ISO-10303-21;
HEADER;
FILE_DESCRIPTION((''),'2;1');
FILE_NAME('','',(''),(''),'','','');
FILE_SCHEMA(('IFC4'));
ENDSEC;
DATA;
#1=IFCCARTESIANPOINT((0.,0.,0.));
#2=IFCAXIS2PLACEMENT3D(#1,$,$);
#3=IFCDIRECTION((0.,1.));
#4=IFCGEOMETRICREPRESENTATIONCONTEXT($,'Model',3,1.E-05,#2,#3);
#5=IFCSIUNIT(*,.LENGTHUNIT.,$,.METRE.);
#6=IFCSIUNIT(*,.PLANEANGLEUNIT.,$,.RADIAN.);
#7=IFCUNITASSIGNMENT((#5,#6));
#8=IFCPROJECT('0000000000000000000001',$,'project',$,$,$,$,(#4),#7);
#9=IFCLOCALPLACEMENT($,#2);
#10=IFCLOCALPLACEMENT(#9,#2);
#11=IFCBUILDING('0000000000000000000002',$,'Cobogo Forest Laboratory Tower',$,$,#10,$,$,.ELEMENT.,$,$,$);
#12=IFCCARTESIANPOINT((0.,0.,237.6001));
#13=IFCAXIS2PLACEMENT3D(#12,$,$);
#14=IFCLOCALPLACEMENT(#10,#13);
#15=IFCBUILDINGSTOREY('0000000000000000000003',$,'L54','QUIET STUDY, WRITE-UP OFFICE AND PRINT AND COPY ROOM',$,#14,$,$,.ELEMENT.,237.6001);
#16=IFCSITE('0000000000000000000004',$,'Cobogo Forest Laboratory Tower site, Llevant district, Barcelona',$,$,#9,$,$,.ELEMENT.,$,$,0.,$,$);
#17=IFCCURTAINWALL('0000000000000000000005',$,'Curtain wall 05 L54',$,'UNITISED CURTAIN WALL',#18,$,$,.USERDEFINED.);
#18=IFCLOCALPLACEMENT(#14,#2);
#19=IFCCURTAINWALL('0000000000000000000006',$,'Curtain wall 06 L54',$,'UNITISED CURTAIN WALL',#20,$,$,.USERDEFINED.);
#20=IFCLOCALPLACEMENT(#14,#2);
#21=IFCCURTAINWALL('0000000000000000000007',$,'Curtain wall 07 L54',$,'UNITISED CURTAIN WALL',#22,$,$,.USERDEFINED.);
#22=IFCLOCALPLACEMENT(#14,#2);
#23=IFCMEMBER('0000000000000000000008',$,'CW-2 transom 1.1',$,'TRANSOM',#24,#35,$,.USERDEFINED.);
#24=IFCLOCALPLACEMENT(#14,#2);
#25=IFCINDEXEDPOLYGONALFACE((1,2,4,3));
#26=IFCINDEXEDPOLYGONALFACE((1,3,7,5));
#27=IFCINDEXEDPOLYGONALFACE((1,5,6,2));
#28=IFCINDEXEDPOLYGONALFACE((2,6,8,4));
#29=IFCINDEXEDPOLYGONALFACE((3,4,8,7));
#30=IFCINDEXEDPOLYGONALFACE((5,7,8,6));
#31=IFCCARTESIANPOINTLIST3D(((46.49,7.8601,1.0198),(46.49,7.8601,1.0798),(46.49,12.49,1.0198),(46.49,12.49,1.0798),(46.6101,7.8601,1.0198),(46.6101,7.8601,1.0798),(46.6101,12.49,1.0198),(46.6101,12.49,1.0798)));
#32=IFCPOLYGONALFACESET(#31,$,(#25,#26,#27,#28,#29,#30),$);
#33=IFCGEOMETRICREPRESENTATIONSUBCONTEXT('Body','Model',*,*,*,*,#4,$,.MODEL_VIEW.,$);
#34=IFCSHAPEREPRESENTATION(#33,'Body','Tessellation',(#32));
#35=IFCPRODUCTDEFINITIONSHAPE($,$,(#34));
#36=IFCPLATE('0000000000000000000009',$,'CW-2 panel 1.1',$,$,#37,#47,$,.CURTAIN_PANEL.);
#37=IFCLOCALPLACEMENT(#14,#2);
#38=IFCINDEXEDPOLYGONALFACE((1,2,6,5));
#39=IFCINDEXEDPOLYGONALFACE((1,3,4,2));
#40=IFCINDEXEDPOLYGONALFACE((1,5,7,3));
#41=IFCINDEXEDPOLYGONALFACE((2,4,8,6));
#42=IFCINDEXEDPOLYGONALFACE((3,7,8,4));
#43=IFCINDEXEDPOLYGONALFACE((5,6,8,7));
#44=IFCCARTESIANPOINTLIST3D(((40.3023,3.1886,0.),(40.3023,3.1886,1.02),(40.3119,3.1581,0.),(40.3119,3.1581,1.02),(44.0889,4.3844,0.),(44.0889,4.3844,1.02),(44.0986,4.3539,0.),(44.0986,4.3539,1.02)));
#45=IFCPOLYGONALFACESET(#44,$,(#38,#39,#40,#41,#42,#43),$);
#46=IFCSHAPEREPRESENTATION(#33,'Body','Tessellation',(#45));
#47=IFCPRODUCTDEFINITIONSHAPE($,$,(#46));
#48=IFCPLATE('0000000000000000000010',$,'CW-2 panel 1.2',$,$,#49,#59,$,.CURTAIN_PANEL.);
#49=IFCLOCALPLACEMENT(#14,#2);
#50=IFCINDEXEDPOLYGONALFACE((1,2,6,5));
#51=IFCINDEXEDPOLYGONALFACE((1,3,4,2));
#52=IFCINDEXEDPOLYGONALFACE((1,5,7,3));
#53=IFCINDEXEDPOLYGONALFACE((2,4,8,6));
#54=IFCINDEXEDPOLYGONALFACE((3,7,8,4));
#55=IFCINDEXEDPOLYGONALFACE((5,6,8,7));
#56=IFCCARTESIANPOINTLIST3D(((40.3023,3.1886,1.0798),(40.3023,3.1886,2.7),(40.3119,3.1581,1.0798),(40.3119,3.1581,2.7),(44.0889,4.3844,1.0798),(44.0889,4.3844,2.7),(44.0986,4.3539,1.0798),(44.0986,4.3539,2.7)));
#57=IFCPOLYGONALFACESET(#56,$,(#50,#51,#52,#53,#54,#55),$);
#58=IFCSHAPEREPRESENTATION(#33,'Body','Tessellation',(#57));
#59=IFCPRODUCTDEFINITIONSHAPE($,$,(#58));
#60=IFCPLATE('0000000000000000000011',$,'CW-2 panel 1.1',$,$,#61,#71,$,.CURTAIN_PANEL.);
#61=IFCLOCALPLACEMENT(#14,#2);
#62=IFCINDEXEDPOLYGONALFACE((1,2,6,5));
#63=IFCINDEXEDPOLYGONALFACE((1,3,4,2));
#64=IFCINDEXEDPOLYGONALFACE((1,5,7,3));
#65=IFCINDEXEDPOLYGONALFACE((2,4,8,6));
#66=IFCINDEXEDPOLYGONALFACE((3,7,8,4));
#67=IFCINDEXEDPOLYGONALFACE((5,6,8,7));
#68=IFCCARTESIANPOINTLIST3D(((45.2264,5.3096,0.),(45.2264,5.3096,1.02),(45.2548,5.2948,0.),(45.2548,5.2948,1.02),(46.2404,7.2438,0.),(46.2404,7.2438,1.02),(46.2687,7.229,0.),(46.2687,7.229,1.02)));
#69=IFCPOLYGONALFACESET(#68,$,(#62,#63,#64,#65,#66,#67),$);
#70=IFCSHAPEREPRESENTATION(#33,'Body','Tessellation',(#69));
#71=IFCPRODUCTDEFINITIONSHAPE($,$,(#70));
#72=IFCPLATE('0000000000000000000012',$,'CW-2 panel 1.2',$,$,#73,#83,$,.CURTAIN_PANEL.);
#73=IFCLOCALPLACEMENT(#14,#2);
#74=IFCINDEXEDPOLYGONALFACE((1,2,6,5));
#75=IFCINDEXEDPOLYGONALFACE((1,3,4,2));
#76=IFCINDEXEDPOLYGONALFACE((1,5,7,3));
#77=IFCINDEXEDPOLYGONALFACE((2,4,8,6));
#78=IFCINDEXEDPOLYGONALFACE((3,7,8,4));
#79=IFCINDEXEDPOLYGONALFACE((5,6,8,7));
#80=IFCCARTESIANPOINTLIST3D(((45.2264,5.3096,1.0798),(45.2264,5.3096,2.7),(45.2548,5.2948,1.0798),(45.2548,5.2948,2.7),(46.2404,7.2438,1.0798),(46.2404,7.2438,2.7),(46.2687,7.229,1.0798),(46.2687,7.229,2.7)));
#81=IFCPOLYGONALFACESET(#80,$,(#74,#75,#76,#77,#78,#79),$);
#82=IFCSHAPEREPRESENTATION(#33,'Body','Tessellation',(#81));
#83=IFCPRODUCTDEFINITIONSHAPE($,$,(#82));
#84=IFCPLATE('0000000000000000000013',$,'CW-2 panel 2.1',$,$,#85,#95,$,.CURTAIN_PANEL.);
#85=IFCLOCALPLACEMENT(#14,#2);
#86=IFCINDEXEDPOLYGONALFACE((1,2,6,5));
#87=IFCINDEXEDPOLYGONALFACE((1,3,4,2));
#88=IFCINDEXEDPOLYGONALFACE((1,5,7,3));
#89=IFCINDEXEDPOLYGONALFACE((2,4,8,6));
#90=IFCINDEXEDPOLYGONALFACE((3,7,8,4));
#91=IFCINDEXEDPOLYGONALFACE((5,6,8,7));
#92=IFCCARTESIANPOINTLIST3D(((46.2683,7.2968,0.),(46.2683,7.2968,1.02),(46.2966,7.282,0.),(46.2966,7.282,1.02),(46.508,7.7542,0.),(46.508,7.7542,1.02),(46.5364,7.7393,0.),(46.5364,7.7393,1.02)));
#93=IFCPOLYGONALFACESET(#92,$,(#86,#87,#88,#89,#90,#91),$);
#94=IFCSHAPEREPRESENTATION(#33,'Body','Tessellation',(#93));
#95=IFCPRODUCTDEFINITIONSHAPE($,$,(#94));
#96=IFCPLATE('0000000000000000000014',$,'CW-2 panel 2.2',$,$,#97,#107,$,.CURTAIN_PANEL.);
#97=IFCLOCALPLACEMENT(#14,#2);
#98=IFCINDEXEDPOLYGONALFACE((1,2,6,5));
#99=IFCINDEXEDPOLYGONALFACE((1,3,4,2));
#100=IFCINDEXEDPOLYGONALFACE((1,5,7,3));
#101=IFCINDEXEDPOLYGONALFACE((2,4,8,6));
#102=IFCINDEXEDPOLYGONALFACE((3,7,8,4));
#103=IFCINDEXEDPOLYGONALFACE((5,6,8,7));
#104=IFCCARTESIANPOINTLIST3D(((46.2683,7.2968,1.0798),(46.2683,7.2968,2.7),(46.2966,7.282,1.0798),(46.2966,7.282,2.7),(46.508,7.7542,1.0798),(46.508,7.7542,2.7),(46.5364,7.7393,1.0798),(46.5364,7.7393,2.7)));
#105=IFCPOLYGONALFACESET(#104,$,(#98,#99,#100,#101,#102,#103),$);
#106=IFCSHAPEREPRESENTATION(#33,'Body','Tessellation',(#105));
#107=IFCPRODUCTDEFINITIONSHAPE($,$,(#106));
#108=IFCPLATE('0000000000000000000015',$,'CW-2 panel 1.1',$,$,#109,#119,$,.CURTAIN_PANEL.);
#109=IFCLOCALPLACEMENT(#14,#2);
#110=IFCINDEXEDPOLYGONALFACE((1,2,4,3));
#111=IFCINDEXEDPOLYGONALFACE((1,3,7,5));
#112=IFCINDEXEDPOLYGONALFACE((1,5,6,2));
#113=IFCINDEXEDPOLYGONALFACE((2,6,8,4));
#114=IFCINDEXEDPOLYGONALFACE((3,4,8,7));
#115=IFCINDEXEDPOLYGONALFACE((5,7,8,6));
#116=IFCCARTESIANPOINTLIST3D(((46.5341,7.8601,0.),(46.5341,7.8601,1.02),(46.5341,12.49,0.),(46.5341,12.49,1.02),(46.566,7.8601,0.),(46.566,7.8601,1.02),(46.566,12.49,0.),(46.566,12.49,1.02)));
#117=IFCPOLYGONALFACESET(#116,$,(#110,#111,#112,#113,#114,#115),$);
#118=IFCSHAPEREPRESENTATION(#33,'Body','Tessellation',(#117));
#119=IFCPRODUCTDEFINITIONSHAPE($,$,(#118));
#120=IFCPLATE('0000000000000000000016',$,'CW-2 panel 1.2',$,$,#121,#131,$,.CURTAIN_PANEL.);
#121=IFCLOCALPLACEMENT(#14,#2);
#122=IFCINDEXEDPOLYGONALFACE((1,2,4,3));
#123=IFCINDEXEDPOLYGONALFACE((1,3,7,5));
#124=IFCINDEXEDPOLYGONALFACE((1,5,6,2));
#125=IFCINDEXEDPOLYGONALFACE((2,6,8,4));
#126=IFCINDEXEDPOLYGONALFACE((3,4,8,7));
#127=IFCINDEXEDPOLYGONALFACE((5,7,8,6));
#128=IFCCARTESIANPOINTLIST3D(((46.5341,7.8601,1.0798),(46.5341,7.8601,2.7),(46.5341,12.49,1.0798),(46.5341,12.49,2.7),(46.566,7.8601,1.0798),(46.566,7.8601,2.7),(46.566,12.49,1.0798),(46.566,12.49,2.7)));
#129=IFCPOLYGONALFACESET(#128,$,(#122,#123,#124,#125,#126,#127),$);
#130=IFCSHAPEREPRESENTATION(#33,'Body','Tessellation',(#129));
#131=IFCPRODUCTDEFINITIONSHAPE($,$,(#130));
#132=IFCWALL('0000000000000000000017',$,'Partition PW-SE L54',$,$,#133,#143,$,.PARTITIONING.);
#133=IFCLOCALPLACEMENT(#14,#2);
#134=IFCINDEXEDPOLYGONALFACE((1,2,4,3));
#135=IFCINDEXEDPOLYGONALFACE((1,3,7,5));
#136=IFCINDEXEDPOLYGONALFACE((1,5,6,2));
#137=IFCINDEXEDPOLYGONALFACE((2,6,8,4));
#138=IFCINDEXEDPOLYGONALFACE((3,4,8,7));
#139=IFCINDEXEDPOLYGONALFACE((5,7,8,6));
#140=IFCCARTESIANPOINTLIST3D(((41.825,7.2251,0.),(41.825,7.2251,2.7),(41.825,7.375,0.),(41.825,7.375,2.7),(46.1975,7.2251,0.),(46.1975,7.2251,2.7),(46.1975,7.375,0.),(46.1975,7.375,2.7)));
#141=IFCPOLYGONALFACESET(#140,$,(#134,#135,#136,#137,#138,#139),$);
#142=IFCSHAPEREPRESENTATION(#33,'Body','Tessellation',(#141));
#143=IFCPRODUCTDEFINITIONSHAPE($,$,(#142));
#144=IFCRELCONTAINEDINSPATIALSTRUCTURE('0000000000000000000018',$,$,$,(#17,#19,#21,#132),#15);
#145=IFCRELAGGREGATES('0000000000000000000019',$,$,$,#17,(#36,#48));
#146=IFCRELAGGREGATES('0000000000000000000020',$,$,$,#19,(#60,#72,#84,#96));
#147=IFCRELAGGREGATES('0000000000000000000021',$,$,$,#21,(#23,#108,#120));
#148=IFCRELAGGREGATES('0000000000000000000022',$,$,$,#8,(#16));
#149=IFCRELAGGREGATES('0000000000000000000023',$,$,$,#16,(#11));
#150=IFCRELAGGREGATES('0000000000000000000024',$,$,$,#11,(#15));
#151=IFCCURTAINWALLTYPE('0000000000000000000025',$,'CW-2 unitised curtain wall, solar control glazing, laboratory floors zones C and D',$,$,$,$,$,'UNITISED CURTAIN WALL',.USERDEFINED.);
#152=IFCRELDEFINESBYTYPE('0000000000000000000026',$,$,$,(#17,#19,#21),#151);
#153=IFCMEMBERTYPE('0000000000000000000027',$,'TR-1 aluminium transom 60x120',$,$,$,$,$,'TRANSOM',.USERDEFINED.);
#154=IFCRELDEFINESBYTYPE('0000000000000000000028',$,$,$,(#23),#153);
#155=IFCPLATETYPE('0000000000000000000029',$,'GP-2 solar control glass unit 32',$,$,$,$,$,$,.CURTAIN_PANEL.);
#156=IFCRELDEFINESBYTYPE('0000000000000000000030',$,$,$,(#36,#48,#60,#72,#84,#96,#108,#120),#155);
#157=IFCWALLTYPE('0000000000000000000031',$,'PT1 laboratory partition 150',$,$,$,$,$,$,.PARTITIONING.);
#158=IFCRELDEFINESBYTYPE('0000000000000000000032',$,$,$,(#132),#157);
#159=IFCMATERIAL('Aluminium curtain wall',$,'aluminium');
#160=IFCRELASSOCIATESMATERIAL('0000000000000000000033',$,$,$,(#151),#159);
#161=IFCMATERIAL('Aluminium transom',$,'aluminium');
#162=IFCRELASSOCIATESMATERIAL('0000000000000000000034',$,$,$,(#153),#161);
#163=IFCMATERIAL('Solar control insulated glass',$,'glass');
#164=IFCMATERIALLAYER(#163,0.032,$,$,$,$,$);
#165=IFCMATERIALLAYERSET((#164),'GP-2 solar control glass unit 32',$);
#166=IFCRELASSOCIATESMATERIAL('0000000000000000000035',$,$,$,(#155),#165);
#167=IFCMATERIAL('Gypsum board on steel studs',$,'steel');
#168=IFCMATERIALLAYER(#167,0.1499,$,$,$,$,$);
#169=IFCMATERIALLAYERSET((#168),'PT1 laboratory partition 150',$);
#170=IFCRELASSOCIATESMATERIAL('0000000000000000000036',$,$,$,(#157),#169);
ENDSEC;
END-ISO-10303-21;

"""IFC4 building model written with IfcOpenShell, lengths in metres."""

from ifc_helpers import new_model, si_unit, direction, frame, frame_2d, origin, origin_2d, place, context, subcontext, project, spatial, rectangle, extrude, material, layer, layer_set, material_profile, profile_set, type_object, element, aggregate, save


model = new_model("IFC4")

# Units and contexts
model_context = context("Model", 3, precision=1e-05, world=origin(), true_north=direction((0.0, 1.0)))
body_context = subcontext(model_context, "Body", "Model", "MODEL_VIEW")
ifc_project = project(units=[si_unit("LENGTHUNIT", "METRE"), si_unit("PLANEANGLEUNIT", "RADIAN")], contexts=[model_context])

# Site, building, storey
site_placement = place(None, origin())
site = spatial("IfcSite", under=ifc_project, at=site_placement, Name="Cobogo Forest Laboratory Tower site, Llevant district, Barcelona", CompositionType="ELEMENT", RefElevation=0.0)
building_placement = place(site_placement, origin())
building = spatial("IfcBuilding", under=site, at=building_placement, Name="Cobogo Forest Laboratory Tower", CompositionType="ELEMENT")
storey_placement = place(building_placement, frame((0.0, 0.0, 237.6001)))
storey = spatial("IfcBuildingStorey", under=building, at=storey_placement, Name="L54", Description="QUIET STUDY, WRITE-UP OFFICE AND PRINT AND COPY ROOM", CompositionType="ELEMENT", Elevation=237.6001)

# Curtain walls
ifc_material_1 = material(Name="Aluminium curtain wall", Category="aluminium")
curtain_wall_type = type_object("IfcCurtainWallType", Name="CW-2 unitised curtain wall, solar control glazing, laboratory floors zones C and D", ElementType="UNITISED CURTAIN WALL", PredefinedType="USERDEFINED", material=ifc_material_1)
curtain_wall_1_placement = place(storey_placement, origin())
curtain_wall_1 = element("IfcCurtainWall", 1, at=curtain_wall_1_placement, inside=storey, type_object=curtain_wall_type, Name="Curtain wall 05 L54", ObjectType="UNITISED CURTAIN WALL", PredefinedType="USERDEFINED")
curtain_wall_2_placement = place(storey_placement, origin())
curtain_wall_2 = element("IfcCurtainWall", 2, at=curtain_wall_2_placement, inside=storey, type_object=curtain_wall_type, Name="Curtain wall 06 L54", ObjectType="UNITISED CURTAIN WALL", PredefinedType="USERDEFINED")
curtain_wall_3_placement = place(storey_placement, origin())
curtain_wall_3 = element("IfcCurtainWall", 3, at=curtain_wall_3_placement, inside=storey, type_object=curtain_wall_type, Name="Curtain wall 07 L54", ObjectType="UNITISED CURTAIN WALL", PredefinedType="USERDEFINED")

# Member
ifc_material_2 = material(Name="Aluminium transom", Category="aluminium")
ifc_material_profile_1 = material_profile(ifc_material_2, rectangle(XDim=0.1201, YDim=0.0601, at=origin_2d()), Name="AL 60x120")
ifc_profile_set_1 = profile_set([ifc_material_profile_1], Name="Aluminium transom")
member_type_1 = type_object("IfcMemberType", Name="TR-1 aluminium transom 60x120", ElementType="TRANSOM", PredefinedType="USERDEFINED", material=ifc_profile_set_1)
member_1_placement = place(storey_placement, frame((46.55, 7.8601, 1.0498), z_axis=(0.0, 1.0, 0.0), x_axis=(-1.0, 0.0, 0.0)))
member_1 = element("IfcMember", 4, at=member_1_placement, type_object=member_type_1, Name="CW-2 transom 1.1", ObjectType="TRANSOM", PredefinedType="USERDEFINED", context=body_context, shape_type="SweptSolid", body=[
    extrude(rectangle(XDim=0.1201, YDim=0.0601, at=origin_2d()), origin(), (0.0, 0.0, 1.0), 4.6299),
])

# Plates
ifc_material_3 = material(Name="Solar control insulated glass", Category="glass")
ifc_layer_1 = layer(ifc_material_3, 0.032)
ifc_layer_set_1 = layer_set([ifc_layer_1], Name="GP-2 solar control glass unit 32")
plate_type = type_object("IfcPlateType", Name="GP-2 solar control glass unit 32", PredefinedType="CURTAIN_PANEL", material=ifc_layer_set_1)
plate_1_placement = place(storey_placement, frame((42.2004, 3.7712, 0.0), z_axis=(0.0, 0.0, 1.0), x_axis=(0.953581, 0.301136, 0.0)))
plate_1 = element("IfcPlate", 5, at=plate_1_placement, type_object=plate_type, Name="CW-2 panel 1.1", PredefinedType="CURTAIN_PANEL", context=body_context, shape_type="SweptSolid", body=[
    extrude(rectangle(XDim=3.9709, YDim=0.032, at=origin_2d()), origin(), (0.0, 0.0, 1.0), 1.02),
])
plate_2_placement = place(storey_placement, frame((42.2004, 3.7712, 1.0798), z_axis=(0.0, 0.0, 1.0), x_axis=(0.953581, 0.301136, 0.0)))
plate_2 = element("IfcPlate", 6, at=plate_2_placement, type_object=plate_type, Name="CW-2 panel 1.2", PredefinedType="CURTAIN_PANEL", context=body_context, shape_type="SweptSolid", body=[
    extrude(rectangle(XDim=3.9709, YDim=0.032, at=origin_2d()), origin(), (0.0, 0.0, 1.0), 1.6201),
])
aggregate(curtain_wall_1, [plate_1, plate_2])
plate_3_placement = place(storey_placement, frame((45.7476, 6.2693, 0.0), z_axis=(0.0, 0.0, 1.0), x_axis=(0.464284, 0.885686, 0.0)))
plate_3 = element("IfcPlate", 7, at=plate_3_placement, type_object=plate_type, Name="CW-2 panel 1.1", PredefinedType="CURTAIN_PANEL", context=body_context, shape_type="SweptSolid", body=[
    extrude(rectangle(XDim=2.1838, YDim=0.032, at=origin_2d()), origin(), (0.0, 0.0, 1.0), 1.02),
])
plate_4_placement = place(storey_placement, frame((45.7476, 6.2693, 1.0798), z_axis=(0.0, 0.0, 1.0), x_axis=(0.464284, 0.885686, 0.0)))
plate_4 = element("IfcPlate", 8, at=plate_4_placement, type_object=plate_type, Name="CW-2 panel 1.2", PredefinedType="CURTAIN_PANEL", context=body_context, shape_type="SweptSolid", body=[
    extrude(rectangle(XDim=2.1838, YDim=0.032, at=origin_2d()), origin(), (0.0, 0.0, 1.0), 1.6201),
])
plate_5_placement = place(storey_placement, frame((46.4023, 7.5181, 0.0), z_axis=(0.0, 0.0, 1.0), x_axis=(0.464284, 0.885686, 0.0)))
plate_5 = element("IfcPlate", 9, at=plate_5_placement, type_object=plate_type, Name="CW-2 panel 2.1", PredefinedType="CURTAIN_PANEL", context=body_context, shape_type="SweptSolid", body=[
    extrude(rectangle(XDim=0.5164, YDim=0.032, at=origin_2d()), origin(), (0.0, 0.0, 1.0), 1.02),
])
plate_6_placement = place(storey_placement, frame((46.4023, 7.5181, 1.0798), z_axis=(0.0, 0.0, 1.0), x_axis=(0.464284, 0.885686, 0.0)))
plate_6 = element("IfcPlate", 10, at=plate_6_placement, type_object=plate_type, Name="CW-2 panel 2.2", PredefinedType="CURTAIN_PANEL", context=body_context, shape_type="SweptSolid", body=[
    extrude(rectangle(XDim=0.5164, YDim=0.032, at=origin_2d()), origin(), (0.0, 0.0, 1.0), 1.6201),
])
aggregate(curtain_wall_2, [plate_3, plate_4, plate_5, plate_6])
plate_7_placement = place(storey_placement, frame((46.55, 10.175, 0.0), z_axis=(0.0, 0.0, 1.0), x_axis=(0.0, 1.0, 0.0)))
plate_7 = element("IfcPlate", 11, at=plate_7_placement, type_object=plate_type, Name="CW-2 panel 1.1", PredefinedType="CURTAIN_PANEL", context=body_context, shape_type="SweptSolid", body=[
    extrude(rectangle(XDim=4.6299, YDim=0.032, at=origin_2d()), origin(), (0.0, 0.0, 1.0), 1.02),
])
plate_8_placement = place(storey_placement, frame((46.55, 10.175, 1.0798), z_axis=(0.0, 0.0, 1.0), x_axis=(0.0, 1.0, 0.0)))
plate_8 = element("IfcPlate", 12, at=plate_8_placement, type_object=plate_type, Name="CW-2 panel 1.2", PredefinedType="CURTAIN_PANEL", context=body_context, shape_type="SweptSolid", body=[
    extrude(rectangle(XDim=4.6299, YDim=0.032, at=origin_2d()), origin(), (0.0, 0.0, 1.0), 1.6201),
])
aggregate(curtain_wall_3, [member_1, plate_7, plate_8])

# Wall
ifc_material_4 = material(Name="Gypsum board on steel studs", Category="steel")
ifc_layer_2 = layer(ifc_material_4, 0.1499)
ifc_layer_set_2 = layer_set([ifc_layer_2], Name="PT1 laboratory partition 150")
wall_type_1 = type_object("IfcWallType", Name="PT1 laboratory partition 150", PredefinedType="PARTITIONING", material=ifc_layer_set_2)
wall_1_placement = place(storey_placement, frame((46.1975, 7.3, 0.0), z_axis=(0.0, 0.0, 1.0), x_axis=(-1.0, 0.0, 0.0)))
element("IfcWall", 13, at=wall_1_placement, inside=storey, type_object=wall_type_1, Name="Partition PW-SE L54", PredefinedType="PARTITIONING", context=body_context, shape_type="SweptSolid", body=[
    extrude(rectangle(XDim=4.3726, YDim=0.1499, at=frame_2d((2.1863, 0.0))), origin(), (0.0, 0.0, 1.0), 2.7),
])

save(model, "model.ifc")
